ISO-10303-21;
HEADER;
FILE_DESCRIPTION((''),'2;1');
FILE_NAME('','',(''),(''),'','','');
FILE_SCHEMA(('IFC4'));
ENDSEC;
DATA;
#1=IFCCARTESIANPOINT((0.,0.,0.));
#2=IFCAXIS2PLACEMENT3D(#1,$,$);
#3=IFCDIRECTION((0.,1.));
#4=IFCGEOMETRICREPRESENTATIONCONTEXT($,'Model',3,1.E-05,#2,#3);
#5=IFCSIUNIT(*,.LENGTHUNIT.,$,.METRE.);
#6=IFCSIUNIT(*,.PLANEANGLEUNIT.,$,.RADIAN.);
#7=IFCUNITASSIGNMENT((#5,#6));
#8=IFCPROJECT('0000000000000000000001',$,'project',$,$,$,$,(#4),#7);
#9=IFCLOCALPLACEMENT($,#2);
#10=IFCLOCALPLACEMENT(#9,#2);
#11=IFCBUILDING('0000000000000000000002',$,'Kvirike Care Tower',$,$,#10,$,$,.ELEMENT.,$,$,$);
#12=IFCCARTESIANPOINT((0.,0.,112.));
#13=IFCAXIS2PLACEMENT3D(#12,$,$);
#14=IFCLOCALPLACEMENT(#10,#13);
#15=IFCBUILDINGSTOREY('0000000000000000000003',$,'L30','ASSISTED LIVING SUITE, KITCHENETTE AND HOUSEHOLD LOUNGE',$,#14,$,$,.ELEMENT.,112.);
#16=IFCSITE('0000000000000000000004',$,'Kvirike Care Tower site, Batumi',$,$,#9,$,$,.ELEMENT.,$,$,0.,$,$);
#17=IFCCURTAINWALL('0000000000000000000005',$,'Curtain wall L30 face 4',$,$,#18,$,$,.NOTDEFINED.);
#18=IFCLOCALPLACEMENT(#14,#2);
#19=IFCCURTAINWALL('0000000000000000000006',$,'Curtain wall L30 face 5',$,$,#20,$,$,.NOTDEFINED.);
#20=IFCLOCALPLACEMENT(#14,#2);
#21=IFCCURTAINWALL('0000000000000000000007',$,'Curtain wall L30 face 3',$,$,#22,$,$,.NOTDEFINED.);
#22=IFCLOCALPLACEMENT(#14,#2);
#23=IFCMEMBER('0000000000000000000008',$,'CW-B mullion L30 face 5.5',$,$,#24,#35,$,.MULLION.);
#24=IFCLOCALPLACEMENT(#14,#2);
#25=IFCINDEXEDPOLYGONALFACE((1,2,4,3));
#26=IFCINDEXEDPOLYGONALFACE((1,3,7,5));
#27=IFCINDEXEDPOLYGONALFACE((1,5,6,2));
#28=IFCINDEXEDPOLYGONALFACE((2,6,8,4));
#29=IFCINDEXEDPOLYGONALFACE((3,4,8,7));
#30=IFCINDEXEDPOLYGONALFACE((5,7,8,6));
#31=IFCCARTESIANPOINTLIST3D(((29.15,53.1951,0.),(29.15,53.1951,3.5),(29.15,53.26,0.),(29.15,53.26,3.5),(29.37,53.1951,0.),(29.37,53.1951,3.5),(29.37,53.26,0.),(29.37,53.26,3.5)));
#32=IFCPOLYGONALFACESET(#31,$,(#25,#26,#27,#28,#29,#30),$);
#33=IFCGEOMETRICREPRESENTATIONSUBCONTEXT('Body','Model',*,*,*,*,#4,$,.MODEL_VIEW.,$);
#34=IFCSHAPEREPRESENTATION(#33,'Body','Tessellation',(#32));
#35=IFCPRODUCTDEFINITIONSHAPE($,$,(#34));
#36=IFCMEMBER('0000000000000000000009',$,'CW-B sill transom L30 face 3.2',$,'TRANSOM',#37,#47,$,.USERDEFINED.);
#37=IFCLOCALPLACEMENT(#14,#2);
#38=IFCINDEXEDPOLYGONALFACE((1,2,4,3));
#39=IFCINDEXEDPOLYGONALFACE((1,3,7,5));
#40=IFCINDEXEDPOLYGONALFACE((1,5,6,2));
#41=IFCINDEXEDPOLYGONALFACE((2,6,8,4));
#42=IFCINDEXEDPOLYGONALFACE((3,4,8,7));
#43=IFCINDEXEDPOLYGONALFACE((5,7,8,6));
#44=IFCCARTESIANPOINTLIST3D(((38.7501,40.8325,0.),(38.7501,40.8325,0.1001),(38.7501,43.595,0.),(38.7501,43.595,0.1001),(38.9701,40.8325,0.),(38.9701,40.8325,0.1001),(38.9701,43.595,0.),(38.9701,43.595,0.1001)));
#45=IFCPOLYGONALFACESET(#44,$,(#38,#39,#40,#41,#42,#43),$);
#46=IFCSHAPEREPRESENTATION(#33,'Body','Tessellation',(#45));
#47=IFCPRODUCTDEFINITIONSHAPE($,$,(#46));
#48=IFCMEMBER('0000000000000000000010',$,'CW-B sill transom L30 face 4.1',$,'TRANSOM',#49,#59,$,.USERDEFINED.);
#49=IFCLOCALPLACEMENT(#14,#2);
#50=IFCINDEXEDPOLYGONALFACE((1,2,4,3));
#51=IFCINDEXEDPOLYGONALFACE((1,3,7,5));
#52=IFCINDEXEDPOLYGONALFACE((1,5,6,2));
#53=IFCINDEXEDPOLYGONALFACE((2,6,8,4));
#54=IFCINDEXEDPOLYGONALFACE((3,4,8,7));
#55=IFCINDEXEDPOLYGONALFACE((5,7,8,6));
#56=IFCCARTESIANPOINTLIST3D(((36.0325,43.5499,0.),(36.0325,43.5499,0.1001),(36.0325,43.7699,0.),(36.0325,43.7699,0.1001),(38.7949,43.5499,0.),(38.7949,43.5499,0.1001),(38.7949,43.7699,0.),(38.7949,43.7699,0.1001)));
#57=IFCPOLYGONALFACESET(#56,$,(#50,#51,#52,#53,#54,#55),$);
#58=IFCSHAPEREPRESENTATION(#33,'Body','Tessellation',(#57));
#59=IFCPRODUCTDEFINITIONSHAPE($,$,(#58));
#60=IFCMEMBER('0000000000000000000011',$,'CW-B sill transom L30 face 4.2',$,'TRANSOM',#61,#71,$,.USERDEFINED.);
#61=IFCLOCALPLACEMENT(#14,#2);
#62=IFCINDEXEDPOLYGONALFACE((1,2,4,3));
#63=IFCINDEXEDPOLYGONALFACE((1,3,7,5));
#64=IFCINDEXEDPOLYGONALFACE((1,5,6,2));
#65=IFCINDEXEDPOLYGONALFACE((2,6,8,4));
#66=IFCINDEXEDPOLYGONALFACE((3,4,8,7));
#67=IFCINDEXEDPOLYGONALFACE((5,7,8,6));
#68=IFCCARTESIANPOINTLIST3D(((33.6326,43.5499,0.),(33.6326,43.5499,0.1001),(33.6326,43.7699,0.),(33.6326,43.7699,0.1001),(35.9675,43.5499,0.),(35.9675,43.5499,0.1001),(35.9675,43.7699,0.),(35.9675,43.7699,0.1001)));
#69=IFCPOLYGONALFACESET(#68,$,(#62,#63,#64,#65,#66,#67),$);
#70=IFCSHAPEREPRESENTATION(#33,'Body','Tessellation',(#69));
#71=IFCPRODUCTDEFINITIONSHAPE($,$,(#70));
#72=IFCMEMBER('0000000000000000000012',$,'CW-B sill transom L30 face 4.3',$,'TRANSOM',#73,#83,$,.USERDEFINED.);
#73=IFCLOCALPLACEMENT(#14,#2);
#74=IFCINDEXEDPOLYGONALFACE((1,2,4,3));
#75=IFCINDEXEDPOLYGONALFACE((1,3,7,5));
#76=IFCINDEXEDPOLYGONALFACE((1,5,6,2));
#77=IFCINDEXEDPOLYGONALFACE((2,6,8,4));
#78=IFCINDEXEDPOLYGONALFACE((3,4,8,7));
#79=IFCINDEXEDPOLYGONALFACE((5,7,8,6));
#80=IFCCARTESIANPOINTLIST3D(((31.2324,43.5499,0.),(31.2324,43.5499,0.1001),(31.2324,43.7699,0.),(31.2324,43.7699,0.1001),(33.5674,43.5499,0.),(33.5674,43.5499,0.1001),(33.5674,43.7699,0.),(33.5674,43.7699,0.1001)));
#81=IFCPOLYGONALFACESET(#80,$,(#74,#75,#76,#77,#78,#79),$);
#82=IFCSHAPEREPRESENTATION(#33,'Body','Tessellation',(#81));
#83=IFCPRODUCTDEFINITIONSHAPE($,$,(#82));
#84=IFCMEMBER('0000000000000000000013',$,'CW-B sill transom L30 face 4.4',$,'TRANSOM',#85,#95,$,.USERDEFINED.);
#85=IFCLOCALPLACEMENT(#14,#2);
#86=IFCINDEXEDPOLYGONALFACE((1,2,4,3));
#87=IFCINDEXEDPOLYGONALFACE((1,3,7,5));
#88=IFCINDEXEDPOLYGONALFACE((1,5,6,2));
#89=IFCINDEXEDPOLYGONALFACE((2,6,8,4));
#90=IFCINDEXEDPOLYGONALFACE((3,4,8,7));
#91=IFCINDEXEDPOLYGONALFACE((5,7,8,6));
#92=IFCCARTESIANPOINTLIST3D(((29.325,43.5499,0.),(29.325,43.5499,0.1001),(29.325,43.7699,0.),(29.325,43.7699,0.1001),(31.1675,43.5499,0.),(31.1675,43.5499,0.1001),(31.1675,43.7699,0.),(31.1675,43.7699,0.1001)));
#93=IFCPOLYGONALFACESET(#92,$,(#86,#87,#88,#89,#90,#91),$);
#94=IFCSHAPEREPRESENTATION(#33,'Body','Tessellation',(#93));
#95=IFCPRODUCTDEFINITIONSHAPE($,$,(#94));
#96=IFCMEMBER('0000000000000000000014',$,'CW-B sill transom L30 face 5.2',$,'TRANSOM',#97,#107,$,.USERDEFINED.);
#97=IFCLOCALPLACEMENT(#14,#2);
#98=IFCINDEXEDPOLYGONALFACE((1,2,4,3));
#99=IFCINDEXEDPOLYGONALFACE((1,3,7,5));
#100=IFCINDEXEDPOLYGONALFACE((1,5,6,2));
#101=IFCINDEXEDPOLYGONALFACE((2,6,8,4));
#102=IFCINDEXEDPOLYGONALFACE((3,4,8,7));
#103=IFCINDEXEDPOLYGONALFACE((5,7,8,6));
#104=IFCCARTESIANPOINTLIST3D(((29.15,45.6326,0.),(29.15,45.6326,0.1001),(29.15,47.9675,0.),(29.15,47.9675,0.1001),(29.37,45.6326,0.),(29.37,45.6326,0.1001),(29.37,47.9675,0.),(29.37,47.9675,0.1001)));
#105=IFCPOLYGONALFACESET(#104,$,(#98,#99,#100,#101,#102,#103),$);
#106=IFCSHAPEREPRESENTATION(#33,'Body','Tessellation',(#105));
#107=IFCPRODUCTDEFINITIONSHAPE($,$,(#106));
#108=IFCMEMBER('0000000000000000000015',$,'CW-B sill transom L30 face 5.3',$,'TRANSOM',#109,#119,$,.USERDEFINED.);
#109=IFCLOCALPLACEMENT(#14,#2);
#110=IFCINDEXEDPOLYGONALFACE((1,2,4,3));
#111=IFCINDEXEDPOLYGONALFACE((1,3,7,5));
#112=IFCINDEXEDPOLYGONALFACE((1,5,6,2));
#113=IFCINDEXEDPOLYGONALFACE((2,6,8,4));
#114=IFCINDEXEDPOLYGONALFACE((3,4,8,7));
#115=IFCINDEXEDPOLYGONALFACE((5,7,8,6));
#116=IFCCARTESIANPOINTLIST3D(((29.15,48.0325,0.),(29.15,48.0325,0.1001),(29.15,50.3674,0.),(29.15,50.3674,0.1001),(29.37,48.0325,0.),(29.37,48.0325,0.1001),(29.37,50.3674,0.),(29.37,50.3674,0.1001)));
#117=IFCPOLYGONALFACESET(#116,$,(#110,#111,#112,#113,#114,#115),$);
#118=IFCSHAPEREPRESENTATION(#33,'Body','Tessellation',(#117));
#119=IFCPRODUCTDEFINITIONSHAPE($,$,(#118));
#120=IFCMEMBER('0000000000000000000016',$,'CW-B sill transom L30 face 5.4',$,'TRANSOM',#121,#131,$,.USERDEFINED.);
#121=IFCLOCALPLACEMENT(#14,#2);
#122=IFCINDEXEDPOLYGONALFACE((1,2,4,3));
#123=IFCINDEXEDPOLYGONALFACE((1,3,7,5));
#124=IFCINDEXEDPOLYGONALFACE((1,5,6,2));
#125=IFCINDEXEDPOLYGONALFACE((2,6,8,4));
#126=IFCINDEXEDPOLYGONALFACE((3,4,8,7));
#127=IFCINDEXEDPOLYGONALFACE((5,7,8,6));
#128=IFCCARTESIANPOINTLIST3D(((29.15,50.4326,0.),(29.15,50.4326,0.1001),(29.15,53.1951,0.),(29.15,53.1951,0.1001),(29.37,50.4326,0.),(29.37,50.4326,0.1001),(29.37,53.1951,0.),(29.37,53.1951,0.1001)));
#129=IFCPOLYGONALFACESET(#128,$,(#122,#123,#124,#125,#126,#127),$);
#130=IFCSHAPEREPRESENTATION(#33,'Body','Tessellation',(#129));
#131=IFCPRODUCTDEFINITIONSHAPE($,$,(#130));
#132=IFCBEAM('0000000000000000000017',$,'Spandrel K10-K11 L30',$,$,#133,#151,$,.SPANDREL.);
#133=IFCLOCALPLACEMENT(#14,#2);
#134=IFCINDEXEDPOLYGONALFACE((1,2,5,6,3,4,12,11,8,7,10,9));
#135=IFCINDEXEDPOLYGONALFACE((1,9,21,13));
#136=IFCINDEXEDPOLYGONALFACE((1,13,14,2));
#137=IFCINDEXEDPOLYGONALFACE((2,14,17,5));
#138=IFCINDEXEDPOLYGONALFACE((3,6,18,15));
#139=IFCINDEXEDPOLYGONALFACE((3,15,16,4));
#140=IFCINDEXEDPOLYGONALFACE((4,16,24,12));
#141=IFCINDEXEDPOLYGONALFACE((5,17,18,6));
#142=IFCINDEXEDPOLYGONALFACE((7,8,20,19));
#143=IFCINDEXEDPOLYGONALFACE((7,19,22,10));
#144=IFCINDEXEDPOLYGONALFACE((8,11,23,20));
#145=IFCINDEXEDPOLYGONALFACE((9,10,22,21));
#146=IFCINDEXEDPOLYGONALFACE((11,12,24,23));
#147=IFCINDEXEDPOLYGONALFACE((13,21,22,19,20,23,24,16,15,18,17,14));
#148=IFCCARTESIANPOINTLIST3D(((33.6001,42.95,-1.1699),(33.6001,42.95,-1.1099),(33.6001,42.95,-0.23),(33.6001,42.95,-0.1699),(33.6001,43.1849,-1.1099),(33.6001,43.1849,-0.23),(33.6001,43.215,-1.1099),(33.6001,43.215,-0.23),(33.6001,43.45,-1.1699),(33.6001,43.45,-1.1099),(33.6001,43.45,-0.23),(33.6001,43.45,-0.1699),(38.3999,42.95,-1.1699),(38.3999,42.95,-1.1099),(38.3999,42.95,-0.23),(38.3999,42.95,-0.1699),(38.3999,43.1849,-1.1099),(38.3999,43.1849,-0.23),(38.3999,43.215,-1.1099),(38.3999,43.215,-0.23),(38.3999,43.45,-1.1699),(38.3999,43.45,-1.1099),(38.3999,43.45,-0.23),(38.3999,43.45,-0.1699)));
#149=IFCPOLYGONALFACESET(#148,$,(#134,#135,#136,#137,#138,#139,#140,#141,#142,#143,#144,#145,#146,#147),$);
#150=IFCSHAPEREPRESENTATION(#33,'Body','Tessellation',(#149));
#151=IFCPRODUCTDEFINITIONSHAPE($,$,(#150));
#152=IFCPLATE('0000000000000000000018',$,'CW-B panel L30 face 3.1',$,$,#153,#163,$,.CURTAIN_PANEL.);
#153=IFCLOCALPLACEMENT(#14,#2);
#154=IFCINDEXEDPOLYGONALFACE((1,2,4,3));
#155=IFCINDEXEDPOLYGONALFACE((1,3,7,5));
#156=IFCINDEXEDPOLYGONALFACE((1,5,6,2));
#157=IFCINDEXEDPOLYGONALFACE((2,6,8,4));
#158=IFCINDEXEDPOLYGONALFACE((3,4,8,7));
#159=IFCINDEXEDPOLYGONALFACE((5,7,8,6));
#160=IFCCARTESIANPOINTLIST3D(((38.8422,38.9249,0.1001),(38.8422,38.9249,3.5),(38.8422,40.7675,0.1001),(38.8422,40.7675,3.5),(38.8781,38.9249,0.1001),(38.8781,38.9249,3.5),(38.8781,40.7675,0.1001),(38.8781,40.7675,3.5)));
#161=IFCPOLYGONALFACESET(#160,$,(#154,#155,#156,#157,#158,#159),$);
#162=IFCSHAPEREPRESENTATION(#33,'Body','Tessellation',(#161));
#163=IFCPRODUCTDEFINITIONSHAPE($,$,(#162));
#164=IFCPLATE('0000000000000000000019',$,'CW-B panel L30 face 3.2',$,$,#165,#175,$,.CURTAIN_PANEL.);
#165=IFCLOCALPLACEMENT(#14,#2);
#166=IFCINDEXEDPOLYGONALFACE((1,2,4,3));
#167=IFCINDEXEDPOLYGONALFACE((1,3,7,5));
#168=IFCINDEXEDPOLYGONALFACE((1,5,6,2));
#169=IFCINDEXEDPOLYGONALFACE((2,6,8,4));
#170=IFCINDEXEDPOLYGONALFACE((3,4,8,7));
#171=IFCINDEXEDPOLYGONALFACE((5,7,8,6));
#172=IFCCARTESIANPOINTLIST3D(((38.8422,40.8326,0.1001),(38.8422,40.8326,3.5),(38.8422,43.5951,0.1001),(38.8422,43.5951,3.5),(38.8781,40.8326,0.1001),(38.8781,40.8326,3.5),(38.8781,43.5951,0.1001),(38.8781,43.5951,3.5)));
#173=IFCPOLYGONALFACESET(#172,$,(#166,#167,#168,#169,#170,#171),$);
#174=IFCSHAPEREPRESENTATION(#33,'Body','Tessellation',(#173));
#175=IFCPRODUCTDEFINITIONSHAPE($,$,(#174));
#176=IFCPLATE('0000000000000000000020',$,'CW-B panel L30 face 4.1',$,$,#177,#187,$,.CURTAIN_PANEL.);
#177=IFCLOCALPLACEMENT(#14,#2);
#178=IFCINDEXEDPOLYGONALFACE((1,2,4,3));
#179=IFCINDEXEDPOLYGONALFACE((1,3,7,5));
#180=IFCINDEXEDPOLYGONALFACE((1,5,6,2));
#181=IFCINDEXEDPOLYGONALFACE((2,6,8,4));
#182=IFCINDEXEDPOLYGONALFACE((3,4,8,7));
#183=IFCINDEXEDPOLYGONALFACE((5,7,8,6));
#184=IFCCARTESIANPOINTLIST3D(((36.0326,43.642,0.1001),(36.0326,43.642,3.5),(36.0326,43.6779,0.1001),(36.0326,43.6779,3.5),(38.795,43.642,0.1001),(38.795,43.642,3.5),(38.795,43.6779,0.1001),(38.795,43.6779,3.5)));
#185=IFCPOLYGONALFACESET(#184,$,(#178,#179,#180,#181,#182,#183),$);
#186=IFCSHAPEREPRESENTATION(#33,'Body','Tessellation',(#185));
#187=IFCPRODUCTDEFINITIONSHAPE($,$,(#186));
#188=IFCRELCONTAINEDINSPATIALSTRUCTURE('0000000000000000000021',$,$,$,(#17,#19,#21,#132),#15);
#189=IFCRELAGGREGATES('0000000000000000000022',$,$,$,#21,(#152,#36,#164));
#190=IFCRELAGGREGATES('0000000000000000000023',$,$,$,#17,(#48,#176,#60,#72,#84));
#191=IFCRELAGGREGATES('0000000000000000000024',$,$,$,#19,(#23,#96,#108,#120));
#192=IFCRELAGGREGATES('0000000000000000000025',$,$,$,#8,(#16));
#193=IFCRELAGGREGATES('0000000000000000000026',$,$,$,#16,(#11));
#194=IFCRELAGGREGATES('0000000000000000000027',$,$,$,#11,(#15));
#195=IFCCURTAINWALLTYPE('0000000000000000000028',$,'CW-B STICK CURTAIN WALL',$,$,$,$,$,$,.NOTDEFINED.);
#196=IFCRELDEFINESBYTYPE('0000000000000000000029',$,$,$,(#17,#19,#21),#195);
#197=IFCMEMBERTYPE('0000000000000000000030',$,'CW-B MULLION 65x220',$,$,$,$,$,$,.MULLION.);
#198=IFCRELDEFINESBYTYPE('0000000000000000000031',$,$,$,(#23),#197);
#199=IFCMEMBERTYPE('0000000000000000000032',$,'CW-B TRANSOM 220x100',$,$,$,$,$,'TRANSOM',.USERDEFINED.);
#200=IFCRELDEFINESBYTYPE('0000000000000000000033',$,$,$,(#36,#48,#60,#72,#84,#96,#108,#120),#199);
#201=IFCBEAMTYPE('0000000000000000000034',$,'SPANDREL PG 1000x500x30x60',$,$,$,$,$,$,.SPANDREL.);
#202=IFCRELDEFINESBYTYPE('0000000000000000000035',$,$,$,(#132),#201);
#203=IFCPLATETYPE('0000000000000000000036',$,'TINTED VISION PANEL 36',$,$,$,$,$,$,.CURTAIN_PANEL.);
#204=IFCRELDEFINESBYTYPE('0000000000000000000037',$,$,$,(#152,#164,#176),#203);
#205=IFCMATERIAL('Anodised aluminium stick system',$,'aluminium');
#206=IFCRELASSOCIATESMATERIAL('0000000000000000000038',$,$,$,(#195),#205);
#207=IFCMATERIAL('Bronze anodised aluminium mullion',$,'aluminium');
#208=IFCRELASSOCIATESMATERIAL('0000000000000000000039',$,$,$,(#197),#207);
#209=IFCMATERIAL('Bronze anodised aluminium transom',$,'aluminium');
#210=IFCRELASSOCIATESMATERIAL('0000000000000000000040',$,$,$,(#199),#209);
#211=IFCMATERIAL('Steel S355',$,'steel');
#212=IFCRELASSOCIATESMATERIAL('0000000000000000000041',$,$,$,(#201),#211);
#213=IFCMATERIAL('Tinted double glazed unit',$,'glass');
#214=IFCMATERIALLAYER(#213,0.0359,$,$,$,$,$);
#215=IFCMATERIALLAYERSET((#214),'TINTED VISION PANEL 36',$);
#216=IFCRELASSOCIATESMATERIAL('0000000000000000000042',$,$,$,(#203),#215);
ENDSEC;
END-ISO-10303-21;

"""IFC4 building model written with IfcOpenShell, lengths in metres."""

from ifc_helpers import new_model, si_unit, direction, frame, origin, origin_2d, place, context, subcontext, project, spatial, rectangle, i_section, extrude, material, layer, layer_set, material_profile, profile_set, type_object, element, aggregate, save


model = new_model("IFC4")

# Units and contexts
model_context = context("Model", 3, precision=1e-05, world=origin(), true_north=direction((0.0, 1.0)))
body_context = subcontext(model_context, "Body", "Model", "MODEL_VIEW")
ifc_project = project(units=[si_unit("LENGTHUNIT", "METRE"), si_unit("PLANEANGLEUNIT", "RADIAN")], contexts=[model_context])

# Site, building, storey
site_placement = place(None, origin())
site = spatial("IfcSite", under=ifc_project, at=site_placement, Name="Kvirike Care Tower site, Batumi", CompositionType="ELEMENT", RefElevation=0.0)
building_placement = place(site_placement, origin())
building = spatial("IfcBuilding", under=site, at=building_placement, Name="Kvirike Care Tower", CompositionType="ELEMENT")
storey_placement = place(building_placement, frame((0.0, 0.0, 112.0)))
storey = spatial("IfcBuildingStorey", under=building, at=storey_placement, Name="L30", Description="ASSISTED LIVING SUITE, KITCHENETTE AND HOUSEHOLD LOUNGE", CompositionType="ELEMENT", Elevation=112.0)

# Curtain walls
ifc_material_1 = material(Name="Anodised aluminium stick system", Category="aluminium")
curtain_wall_type = type_object("IfcCurtainWallType", Name="CW-B STICK CURTAIN WALL", PredefinedType="NOTDEFINED", material=ifc_material_1)
curtain_wall_1_placement = place(storey_placement, origin())
curtain_wall_1 = element("IfcCurtainWall", 1, at=curtain_wall_1_placement, inside=storey, type_object=curtain_wall_type, Name="Curtain wall L30 face 4", PredefinedType="NOTDEFINED")
curtain_wall_2_placement = place(storey_placement, origin())
curtain_wall_2 = element("IfcCurtainWall", 2, at=curtain_wall_2_placement, inside=storey, type_object=curtain_wall_type, Name="Curtain wall L30 face 5", PredefinedType="NOTDEFINED")

# Curtain wall
curtain_wall_3_placement = place(storey_placement, origin())
curtain_wall_3 = element("IfcCurtainWall", 3, at=curtain_wall_3_placement, inside=storey, type_object=curtain_wall_type, Name="Curtain wall L30 face 3", PredefinedType="NOTDEFINED")
ifc_material_2 = material(Name="Bronze anodised aluminium mullion", Category="aluminium")
ifc_material_profile_1 = material_profile(ifc_material_2, rectangle(XDim=0.0649, YDim=0.22, at=origin_2d()), Name="CW-B MULLION 65x220")
ifc_profile_set_1 = profile_set([ifc_material_profile_1], Name="Bronze anodised aluminium mullion")
member_type_1 = type_object("IfcMemberType", Name="CW-B MULLION 65x220", PredefinedType="MULLION", material=ifc_profile_set_1)

# Members
member_1_placement = place(storey_placement, frame((29.26, 53.2275, 0.0), z_axis=(0.0, 0.0, 1.0), x_axis=(0.0, 1.0, 0.0)))
member_1 = element("IfcMember", 4, at=member_1_placement, type_object=member_type_1, Name="CW-B mullion L30 face 5.5", PredefinedType="MULLION", context=body_context, shape_type="SweptSolid", body=[
    extrude(rectangle(XDim=0.0649, YDim=0.22, at=origin_2d()), origin(), (0.0, 0.0, 1.0), 3.5),
])
ifc_material_3 = material(Name="Bronze anodised aluminium transom", Category="aluminium")
ifc_material_profile_2 = material_profile(ifc_material_3, rectangle(XDim=0.22, YDim=0.1001, at=origin_2d()), Name="CW-B TRANSOM 220x100")
ifc_profile_set_2 = profile_set([ifc_material_profile_2], Name="Bronze anodised aluminium transom")
member_type_2 = type_object("IfcMemberType", Name="CW-B TRANSOM 220x100", ElementType="TRANSOM", PredefinedType="USERDEFINED", material=ifc_profile_set_2)
member_2_placement = place(storey_placement, frame((38.8601, 40.8325, 0.05), z_axis=(0.0, 1.0, 0.0), x_axis=(-1.0, 0.0, 0.0)))
member_2 = element("IfcMember", 5, at=member_2_placement, type_object=member_type_2, Name="CW-B sill transom L30 face 3.2", ObjectType="TRANSOM", PredefinedType="USERDEFINED", context=body_context, shape_type="SweptSolid", body=[
    extrude(rectangle(XDim=0.22, YDim=0.1001, at=origin_2d()), origin(), (0.0, 0.0, 1.0), 2.7625),
])
member_3_placement = place(storey_placement, frame((38.7949, 43.6599, 0.05), z_axis=(-1.0, 0.0, 0.0), x_axis=(0.0, -1.0, 0.0)))
member_3 = element("IfcMember", 6, at=member_3_placement, type_object=member_type_2, Name="CW-B sill transom L30 face 4.1", ObjectType="TRANSOM", PredefinedType="USERDEFINED", context=body_context, shape_type="SweptSolid", body=[
    extrude(rectangle(XDim=0.22, YDim=0.1001, at=origin_2d()), origin(), (0.0, 0.0, 1.0), 2.7625),
])
member_4_placement = place(storey_placement, frame((35.9675, 43.6599, 0.05), z_axis=(-1.0, 0.0, 0.0), x_axis=(0.0, -1.0, 0.0)))
member_4 = element("IfcMember", 7, at=member_4_placement, type_object=member_type_2, Name="CW-B sill transom L30 face 4.2", ObjectType="TRANSOM", PredefinedType="USERDEFINED", context=body_context, shape_type="SweptSolid", body=[
    extrude(rectangle(XDim=0.22, YDim=0.1001, at=origin_2d()), origin(), (0.0, 0.0, 1.0), 2.335),
])
member_5_placement = place(storey_placement, frame((33.5674, 43.6599, 0.05), z_axis=(-1.0, 0.0, 0.0), x_axis=(0.0, -1.0, 0.0)))
member_5 = element("IfcMember", 8, at=member_5_placement, type_object=member_type_2, Name="CW-B sill transom L30 face 4.3", ObjectType="TRANSOM", PredefinedType="USERDEFINED", context=body_context, shape_type="SweptSolid", body=[
    extrude(rectangle(XDim=0.22, YDim=0.1001, at=origin_2d()), origin(), (0.0, 0.0, 1.0), 2.335),
])
member_6_placement = place(storey_placement, frame((31.1675, 43.6599, 0.05), z_axis=(-1.0, 0.0, 0.0), x_axis=(0.0, -1.0, 0.0)))
member_6 = element("IfcMember", 9, at=member_6_placement, type_object=member_type_2, Name="CW-B sill transom L30 face 4.4", ObjectType="TRANSOM", PredefinedType="USERDEFINED", context=body_context, shape_type="SweptSolid", body=[
    extrude(rectangle(XDim=0.22, YDim=0.1001, at=origin_2d()), origin(), (0.0, 0.0, 1.0), 1.8425),
])
member_7_placement = place(storey_placement, frame((29.26, 45.6326, 0.05), z_axis=(0.0, 1.0, 0.0), x_axis=(-1.0, 0.0, 0.0)))
member_7 = element("IfcMember", 10, at=member_7_placement, type_object=member_type_2, Name="CW-B sill transom L30 face 5.2", ObjectType="TRANSOM", PredefinedType="USERDEFINED", context=body_context, shape_type="SweptSolid", body=[
    extrude(rectangle(XDim=0.22, YDim=0.1001, at=origin_2d()), origin(), (0.0, 0.0, 1.0), 2.335),
])
member_8_placement = place(storey_placement, frame((29.26, 48.0325, 0.05), z_axis=(0.0, 1.0, 0.0), x_axis=(-1.0, 0.0, 0.0)))
member_8 = element("IfcMember", 11, at=member_8_placement, type_object=member_type_2, Name="CW-B sill transom L30 face 5.3", ObjectType="TRANSOM", PredefinedType="USERDEFINED", context=body_context, shape_type="SweptSolid", body=[
    extrude(rectangle(XDim=0.22, YDim=0.1001, at=origin_2d()), origin(), (0.0, 0.0, 1.0), 2.335),
])
member_9_placement = place(storey_placement, frame((29.26, 50.4326, 0.05), z_axis=(0.0, 1.0, 0.0), x_axis=(-1.0, 0.0, 0.0)))
member_9 = element("IfcMember", 12, at=member_9_placement, type_object=member_type_2, Name="CW-B sill transom L30 face 5.4", ObjectType="TRANSOM", PredefinedType="USERDEFINED", context=body_context, shape_type="SweptSolid", body=[
    extrude(rectangle(XDim=0.22, YDim=0.1001, at=origin_2d()), origin(), (0.0, 0.0, 1.0), 2.7625),
])

# Beam
ifc_material_4 = material(Name="Steel S355", Category="steel")
ifc_material_profile_3 = material_profile(ifc_material_4, i_section(OverallWidth=0.5, OverallDepth=1.0, WebThickness=0.03, FlangeThickness=0.0601, at=origin_2d()), Name="PG 1000x500x30x60")
ifc_profile_set_3 = profile_set([ifc_material_profile_3], Name="Steel S355")
beam_type = type_object("IfcBeamType", Name="SPANDREL PG 1000x500x30x60", PredefinedType="SPANDREL", material=ifc_profile_set_3)
beam_placement = place(storey_placement, frame((33.6001, 43.2, -0.6699), z_axis=(1.0, 0.0, 0.0), x_axis=(0.0, 1.0, 0.0)))
element("IfcBeam", 13, at=beam_placement, inside=storey, type_object=beam_type, Name="Spandrel K10-K11 L30", PredefinedType="SPANDREL", context=body_context, shape_type="SweptSolid", body=[
    extrude(i_section(OverallWidth=0.5, OverallDepth=1.0, WebThickness=0.03, FlangeThickness=0.0601, at=origin_2d()), origin(), (0.0, 0.0, 1.0), 4.7998),
])

# Plates
ifc_material_5 = material(Name="Tinted double glazed unit", Category="glass")
ifc_layer_1 = layer(ifc_material_5, 0.0359)
ifc_layer_set_1 = layer_set([ifc_layer_1], Name="TINTED VISION PANEL 36")
plate_type = type_object("IfcPlateType", Name="TINTED VISION PANEL 36", PredefinedType="CURTAIN_PANEL", material=ifc_layer_set_1)
plate_1_placement = place(storey_placement, frame((38.8601, 39.8462, 0.1001), z_axis=(0.0, 0.0, 1.0), x_axis=(0.0, 1.0, 0.0)))
plate_1 = element("IfcPlate", 14, at=plate_1_placement, type_object=plate_type, Name="CW-B panel L30 face 3.1", PredefinedType="CURTAIN_PANEL", context=body_context, shape_type="SweptSolid", body=[
    extrude(rectangle(XDim=1.8425, YDim=0.0359, at=origin_2d()), origin(), (0.0, 0.0, 1.0), 3.3999),
])
plate_2_placement = place(storey_placement, frame((38.8601, 42.2139, 0.1001), z_axis=(0.0, 0.0, 1.0), x_axis=(0.0, 1.0, 0.0)))
plate_2 = element("IfcPlate", 15, at=plate_2_placement, type_object=plate_type, Name="CW-B panel L30 face 3.2", PredefinedType="CURTAIN_PANEL", context=body_context, shape_type="SweptSolid", body=[
    extrude(rectangle(XDim=2.7625, YDim=0.0359, at=origin_2d()), origin(), (0.0, 0.0, 1.0), 3.3999),
])
aggregate(curtain_wall_3, [plate_1, member_2, plate_2])
plate_3_placement = place(storey_placement, frame((37.4138, 43.6599, 0.1001), z_axis=(0.0, 0.0, 1.0), x_axis=(-1.0, 0.0, 0.0)))
plate_3 = element("IfcPlate", 16, at=plate_3_placement, type_object=plate_type, Name="CW-B panel L30 face 4.1", PredefinedType="CURTAIN_PANEL", context=body_context, shape_type="SweptSolid", body=[
    extrude(rectangle(XDim=2.7625, YDim=0.0359, at=origin_2d()), origin(), (0.0, 0.0, 1.0), 3.3999),
])
aggregate(curtain_wall_1, [member_3, plate_3, member_4, member_5, member_6])
aggregate(curtain_wall_2, [member_1, member_7, member_8, member_9])

save(model, "model.ifc")
